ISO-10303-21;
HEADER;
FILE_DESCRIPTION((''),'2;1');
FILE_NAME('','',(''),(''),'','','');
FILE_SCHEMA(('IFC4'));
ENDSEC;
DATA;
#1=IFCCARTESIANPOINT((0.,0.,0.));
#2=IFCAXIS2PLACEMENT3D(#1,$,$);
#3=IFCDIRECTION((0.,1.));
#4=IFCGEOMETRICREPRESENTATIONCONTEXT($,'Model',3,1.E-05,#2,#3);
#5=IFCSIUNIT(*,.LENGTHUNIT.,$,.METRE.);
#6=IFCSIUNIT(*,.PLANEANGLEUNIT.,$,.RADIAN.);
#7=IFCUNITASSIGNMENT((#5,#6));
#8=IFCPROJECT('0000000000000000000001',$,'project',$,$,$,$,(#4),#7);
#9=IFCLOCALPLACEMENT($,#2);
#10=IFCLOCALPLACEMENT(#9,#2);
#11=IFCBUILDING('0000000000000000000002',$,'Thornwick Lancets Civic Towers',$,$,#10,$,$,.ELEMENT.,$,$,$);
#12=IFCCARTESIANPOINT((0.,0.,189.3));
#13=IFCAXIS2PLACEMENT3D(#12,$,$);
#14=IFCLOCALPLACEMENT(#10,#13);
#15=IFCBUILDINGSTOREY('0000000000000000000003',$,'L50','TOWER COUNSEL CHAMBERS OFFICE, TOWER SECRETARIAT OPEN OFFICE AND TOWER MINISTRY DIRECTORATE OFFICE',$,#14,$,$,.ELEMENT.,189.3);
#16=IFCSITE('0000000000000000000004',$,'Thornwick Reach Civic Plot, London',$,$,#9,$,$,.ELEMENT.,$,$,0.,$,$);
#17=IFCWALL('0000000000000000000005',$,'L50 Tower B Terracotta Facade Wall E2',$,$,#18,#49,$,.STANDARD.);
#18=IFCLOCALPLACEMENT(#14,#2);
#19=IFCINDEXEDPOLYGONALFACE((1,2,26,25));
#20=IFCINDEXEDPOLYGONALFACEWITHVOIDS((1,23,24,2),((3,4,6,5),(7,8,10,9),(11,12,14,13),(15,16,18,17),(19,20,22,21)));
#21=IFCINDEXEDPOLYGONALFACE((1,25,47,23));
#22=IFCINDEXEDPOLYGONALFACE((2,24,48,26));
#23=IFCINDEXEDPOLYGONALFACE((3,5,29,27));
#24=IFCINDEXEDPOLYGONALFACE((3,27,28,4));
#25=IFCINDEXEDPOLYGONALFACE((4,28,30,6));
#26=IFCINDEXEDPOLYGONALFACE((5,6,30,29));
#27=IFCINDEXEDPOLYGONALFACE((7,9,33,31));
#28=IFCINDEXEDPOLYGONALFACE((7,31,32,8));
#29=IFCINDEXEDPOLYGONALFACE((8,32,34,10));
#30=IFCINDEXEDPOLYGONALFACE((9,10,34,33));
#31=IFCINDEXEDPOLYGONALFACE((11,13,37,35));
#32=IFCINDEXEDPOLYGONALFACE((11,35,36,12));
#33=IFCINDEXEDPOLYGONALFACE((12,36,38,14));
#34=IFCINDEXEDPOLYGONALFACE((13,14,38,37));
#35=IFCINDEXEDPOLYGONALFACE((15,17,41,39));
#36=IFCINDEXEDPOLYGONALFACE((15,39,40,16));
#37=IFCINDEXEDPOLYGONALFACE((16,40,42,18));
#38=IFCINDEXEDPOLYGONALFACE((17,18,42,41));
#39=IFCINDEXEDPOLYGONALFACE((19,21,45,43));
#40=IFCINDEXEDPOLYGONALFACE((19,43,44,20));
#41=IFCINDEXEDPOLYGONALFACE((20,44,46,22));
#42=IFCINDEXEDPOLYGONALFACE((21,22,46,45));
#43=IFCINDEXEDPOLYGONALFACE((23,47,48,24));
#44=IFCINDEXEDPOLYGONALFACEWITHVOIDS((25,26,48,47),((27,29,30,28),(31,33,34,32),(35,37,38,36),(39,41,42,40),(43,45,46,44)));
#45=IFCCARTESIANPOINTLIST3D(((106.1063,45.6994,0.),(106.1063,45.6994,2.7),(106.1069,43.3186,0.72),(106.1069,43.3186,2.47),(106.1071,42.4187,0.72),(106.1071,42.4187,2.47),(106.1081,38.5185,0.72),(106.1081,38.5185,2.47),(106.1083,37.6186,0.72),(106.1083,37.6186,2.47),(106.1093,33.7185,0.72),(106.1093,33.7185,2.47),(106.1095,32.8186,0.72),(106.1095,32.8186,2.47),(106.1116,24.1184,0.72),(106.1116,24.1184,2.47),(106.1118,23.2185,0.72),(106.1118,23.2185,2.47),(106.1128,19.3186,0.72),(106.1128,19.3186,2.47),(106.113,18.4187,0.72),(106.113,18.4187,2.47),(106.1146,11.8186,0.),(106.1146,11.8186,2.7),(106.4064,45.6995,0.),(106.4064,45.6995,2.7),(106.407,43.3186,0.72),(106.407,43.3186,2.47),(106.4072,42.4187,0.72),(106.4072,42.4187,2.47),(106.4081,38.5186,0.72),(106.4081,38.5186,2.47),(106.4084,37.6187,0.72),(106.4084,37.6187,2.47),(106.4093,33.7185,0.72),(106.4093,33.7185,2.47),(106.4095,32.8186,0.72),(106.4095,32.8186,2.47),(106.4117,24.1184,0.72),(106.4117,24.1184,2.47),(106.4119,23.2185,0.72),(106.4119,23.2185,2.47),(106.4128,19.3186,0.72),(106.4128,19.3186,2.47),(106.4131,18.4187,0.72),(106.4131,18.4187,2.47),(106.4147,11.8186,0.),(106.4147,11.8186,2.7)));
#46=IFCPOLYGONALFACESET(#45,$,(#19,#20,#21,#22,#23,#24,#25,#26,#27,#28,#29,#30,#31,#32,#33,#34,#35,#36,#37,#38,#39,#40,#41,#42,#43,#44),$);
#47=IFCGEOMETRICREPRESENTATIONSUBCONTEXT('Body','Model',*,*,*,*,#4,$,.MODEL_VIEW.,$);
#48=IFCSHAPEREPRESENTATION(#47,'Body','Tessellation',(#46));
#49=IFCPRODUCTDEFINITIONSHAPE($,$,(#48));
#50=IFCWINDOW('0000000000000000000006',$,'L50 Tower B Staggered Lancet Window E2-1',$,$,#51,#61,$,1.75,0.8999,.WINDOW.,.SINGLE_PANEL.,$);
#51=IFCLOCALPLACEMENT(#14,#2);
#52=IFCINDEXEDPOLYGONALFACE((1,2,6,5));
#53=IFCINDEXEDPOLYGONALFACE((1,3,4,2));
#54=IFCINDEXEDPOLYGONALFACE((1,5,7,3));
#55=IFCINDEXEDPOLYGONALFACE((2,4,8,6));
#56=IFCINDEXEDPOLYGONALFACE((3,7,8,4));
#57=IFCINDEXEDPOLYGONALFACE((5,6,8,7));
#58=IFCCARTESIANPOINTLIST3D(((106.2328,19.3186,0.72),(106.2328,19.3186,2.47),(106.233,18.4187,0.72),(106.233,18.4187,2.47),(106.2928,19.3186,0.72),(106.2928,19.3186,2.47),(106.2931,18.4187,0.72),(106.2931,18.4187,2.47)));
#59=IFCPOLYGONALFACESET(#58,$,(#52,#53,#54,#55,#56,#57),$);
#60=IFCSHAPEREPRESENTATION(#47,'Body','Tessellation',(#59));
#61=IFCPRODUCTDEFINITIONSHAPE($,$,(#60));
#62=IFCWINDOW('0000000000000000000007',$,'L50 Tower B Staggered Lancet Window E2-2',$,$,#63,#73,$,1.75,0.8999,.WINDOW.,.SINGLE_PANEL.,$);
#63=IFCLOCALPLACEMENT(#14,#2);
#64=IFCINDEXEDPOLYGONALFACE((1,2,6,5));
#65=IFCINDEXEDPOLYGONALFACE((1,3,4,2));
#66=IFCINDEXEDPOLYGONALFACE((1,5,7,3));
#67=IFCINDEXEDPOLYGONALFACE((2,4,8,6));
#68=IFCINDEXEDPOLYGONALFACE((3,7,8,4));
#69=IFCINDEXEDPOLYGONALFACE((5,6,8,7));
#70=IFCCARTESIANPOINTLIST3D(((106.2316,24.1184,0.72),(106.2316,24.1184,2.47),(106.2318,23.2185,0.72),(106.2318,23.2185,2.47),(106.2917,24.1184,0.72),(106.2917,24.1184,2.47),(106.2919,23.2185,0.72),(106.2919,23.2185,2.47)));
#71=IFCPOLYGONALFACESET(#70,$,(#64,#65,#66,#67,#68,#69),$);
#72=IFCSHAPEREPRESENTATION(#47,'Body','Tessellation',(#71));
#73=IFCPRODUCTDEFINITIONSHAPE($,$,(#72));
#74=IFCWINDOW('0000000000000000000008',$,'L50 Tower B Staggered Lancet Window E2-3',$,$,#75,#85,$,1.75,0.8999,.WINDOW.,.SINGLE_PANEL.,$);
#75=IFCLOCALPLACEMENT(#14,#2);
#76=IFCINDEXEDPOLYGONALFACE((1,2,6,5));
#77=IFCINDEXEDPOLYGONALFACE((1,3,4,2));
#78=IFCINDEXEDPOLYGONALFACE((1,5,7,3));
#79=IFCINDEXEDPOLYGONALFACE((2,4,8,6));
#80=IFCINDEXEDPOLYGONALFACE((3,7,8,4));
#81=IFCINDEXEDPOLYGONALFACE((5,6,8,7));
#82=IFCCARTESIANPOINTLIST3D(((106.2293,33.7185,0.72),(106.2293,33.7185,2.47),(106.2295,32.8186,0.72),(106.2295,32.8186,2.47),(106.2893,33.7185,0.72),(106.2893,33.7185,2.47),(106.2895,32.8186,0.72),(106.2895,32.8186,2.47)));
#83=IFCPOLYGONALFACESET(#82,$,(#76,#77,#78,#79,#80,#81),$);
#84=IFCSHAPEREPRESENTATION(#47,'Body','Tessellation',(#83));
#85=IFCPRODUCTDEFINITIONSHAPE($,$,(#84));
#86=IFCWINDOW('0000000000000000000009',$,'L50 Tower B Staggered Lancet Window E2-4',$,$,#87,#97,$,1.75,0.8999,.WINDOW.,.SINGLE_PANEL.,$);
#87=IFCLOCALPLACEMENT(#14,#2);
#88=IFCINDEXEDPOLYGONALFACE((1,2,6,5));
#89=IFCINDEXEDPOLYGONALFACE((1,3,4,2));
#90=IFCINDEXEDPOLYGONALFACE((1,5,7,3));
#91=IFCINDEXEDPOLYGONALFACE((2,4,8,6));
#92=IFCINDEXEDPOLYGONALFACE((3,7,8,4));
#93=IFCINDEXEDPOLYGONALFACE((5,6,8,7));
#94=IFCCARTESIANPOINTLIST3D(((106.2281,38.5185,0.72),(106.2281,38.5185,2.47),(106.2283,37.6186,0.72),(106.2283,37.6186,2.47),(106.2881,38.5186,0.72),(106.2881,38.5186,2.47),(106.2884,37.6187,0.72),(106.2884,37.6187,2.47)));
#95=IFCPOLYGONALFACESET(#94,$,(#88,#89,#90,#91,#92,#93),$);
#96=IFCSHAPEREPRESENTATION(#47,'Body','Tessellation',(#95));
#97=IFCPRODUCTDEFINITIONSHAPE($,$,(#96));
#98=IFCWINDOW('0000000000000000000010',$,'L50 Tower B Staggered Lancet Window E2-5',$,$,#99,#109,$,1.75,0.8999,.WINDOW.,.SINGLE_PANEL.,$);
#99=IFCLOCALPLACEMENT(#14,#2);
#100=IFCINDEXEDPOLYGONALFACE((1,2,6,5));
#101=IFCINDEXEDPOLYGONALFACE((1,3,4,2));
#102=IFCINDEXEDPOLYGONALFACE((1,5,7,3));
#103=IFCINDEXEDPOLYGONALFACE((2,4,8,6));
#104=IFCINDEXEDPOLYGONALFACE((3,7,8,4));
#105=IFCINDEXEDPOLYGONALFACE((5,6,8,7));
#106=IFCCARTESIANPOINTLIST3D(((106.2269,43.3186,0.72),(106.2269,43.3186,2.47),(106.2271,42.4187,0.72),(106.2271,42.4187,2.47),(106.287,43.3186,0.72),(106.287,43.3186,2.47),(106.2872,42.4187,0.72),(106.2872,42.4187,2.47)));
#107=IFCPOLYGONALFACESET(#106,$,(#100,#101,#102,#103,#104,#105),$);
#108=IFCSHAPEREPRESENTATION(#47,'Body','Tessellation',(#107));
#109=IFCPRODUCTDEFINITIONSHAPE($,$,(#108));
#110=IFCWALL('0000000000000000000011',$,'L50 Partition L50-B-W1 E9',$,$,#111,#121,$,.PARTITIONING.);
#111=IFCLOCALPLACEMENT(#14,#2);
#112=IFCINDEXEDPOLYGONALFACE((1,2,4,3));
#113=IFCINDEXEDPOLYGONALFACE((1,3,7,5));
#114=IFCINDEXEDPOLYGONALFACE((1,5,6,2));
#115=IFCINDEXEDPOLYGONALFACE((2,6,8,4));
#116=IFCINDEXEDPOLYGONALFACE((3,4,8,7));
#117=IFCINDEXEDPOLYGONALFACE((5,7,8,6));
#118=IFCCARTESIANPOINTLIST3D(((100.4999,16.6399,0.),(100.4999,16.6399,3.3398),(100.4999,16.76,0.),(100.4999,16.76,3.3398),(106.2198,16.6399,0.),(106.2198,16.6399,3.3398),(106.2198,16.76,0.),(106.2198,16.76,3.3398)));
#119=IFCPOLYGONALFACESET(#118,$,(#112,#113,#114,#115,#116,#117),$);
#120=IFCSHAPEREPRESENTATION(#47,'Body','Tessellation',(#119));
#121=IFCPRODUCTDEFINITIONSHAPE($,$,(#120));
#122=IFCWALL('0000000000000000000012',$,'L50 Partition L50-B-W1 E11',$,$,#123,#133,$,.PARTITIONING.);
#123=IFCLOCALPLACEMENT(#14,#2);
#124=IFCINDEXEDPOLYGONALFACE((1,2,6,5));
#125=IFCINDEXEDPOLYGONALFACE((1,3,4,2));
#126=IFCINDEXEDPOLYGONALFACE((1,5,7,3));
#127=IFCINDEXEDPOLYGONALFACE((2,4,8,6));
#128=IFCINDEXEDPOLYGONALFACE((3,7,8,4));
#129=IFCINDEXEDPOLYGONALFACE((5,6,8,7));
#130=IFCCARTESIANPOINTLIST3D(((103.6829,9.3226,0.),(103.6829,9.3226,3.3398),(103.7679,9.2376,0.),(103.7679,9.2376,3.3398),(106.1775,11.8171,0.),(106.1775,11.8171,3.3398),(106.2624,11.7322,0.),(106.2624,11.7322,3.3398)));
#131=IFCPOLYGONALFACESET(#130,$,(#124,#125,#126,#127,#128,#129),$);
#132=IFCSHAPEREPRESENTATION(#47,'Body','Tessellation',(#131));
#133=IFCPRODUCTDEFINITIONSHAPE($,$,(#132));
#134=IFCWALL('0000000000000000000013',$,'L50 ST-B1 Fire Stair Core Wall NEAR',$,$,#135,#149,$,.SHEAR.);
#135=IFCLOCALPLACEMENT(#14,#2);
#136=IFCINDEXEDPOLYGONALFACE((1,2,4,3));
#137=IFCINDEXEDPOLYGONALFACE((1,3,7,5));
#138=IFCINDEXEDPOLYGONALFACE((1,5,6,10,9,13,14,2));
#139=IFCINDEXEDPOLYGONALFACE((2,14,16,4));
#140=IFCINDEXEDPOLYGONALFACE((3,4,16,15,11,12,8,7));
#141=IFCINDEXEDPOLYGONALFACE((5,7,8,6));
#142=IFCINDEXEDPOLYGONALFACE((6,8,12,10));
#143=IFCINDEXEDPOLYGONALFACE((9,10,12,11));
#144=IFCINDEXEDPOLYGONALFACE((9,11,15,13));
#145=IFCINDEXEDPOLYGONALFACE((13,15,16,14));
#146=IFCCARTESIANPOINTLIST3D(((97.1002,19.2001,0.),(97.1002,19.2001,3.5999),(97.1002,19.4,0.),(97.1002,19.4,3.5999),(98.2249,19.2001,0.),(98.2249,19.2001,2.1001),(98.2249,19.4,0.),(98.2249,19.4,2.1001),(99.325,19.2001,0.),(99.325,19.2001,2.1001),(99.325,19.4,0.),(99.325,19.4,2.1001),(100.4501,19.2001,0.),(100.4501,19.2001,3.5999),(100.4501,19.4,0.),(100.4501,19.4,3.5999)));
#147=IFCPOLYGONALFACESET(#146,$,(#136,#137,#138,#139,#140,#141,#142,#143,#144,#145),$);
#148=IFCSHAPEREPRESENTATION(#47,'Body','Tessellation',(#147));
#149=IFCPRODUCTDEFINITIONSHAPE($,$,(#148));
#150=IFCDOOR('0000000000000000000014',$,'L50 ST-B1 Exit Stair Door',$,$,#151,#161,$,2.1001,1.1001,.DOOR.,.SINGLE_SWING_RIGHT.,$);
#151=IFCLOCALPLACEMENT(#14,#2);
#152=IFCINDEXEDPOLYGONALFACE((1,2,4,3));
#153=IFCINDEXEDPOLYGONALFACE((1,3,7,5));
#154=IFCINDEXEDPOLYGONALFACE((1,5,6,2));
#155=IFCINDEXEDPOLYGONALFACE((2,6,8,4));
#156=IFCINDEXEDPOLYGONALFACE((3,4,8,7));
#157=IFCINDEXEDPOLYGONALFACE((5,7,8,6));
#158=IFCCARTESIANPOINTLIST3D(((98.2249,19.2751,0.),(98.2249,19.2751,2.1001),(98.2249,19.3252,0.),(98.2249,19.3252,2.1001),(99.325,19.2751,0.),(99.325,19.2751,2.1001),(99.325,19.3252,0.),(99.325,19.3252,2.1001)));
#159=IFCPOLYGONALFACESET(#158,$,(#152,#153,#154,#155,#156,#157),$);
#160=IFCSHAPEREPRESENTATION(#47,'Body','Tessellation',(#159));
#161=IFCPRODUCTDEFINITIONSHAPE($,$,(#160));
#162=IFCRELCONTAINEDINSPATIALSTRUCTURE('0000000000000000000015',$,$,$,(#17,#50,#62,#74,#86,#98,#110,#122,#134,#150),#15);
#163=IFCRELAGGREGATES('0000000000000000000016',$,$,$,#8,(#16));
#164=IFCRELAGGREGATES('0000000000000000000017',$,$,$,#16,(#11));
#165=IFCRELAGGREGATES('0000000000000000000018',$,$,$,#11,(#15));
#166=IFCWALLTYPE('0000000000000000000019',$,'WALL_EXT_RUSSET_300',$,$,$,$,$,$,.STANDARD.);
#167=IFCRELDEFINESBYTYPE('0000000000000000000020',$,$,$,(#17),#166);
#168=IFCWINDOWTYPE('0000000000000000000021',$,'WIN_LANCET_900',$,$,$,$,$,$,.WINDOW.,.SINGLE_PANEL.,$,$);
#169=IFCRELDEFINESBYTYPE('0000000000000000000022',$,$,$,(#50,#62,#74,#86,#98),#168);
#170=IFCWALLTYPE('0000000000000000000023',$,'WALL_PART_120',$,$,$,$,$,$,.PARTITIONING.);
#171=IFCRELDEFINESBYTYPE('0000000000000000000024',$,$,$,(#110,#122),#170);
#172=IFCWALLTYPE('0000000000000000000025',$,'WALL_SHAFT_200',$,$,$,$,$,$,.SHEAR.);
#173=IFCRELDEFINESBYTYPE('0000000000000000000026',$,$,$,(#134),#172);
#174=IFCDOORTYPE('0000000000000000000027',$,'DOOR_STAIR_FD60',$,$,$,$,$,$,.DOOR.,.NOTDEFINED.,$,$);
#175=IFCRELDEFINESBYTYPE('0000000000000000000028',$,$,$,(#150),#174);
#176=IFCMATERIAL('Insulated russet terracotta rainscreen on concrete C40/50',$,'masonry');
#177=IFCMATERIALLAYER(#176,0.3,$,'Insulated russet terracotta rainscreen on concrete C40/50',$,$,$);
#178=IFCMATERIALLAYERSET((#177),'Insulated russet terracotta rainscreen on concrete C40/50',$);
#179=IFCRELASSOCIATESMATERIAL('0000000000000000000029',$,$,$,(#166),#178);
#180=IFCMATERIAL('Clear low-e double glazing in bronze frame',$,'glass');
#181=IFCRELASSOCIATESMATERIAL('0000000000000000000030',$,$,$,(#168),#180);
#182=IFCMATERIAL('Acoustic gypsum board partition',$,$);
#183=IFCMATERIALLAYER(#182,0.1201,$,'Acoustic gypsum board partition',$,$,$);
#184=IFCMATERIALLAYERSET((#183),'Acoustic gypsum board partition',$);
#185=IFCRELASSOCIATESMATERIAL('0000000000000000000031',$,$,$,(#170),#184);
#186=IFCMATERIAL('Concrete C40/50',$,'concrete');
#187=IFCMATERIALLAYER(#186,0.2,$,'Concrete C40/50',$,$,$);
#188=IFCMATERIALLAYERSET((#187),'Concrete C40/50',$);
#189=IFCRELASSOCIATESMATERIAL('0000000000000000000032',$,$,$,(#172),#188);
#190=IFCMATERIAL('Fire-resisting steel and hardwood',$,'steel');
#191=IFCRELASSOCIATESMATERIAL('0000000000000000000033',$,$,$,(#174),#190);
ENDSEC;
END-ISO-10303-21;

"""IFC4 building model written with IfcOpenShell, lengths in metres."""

from ifc_helpers import new_model, si_unit, direction, frame, frame_2d, origin, place, context, subcontext, project, spatial, rectangle, extrude, material, layer, layer_set, type_object, element, fill, save


model = new_model("IFC4")

# Units and contexts
model_context = context("Model", 3, precision=1e-05, world=origin(), true_north=direction((0.0, 1.0)))
body_context = subcontext(model_context, "Body", "Model", "MODEL_VIEW")
ifc_project = project(units=[si_unit("LENGTHUNIT", "METRE"), si_unit("PLANEANGLEUNIT", "RADIAN")], contexts=[model_context])

# Site, building, storey
site_placement = place(None, origin())
site = spatial("IfcSite", under=ifc_project, at=site_placement, Name="Thornwick Reach Civic Plot, London", CompositionType="ELEMENT", RefElevation=0.0)
building_placement = place(site_placement, origin())
building = spatial("IfcBuilding", under=site, at=building_placement, Name="Thornwick Lancets Civic Towers", CompositionType="ELEMENT")
storey_placement = place(building_placement, frame((0.0, 0.0, 189.3)))
storey = spatial("IfcBuildingStorey", under=building, at=storey_placement, Name="L50", Description="TOWER COUNSEL CHAMBERS OFFICE, TOWER SECRETARIAT OPEN OFFICE AND TOWER MINISTRY DIRECTORATE OFFICE", CompositionType="ELEMENT", Elevation=189.3)

# Shared definitions
ifc_material_1 = material(Name="Concrete C40/50", Category="concrete")

# Wall, openings, windows
ifc_material_2 = material(Name="Insulated russet terracotta rainscreen on concrete C40/50", Category="masonry")
ifc_layer_1 = layer(ifc_material_2, 0.3, Name="Insulated russet terracotta rainscreen on concrete C40/50")
ifc_layer_set_1 = layer_set([ifc_layer_1], Name="Insulated russet terracotta rainscreen on concrete C40/50")
wall_type_1 = type_object("IfcWallType", Name="WALL_EXT_RUSSET_300", PredefinedType="STANDARD", material=ifc_layer_set_1)
wall_1_placement = place(storey_placement, frame((106.2646, 11.8186, 0.0), z_axis=(0.0, 0.0, 1.0), x_axis=(-0.000245, 1.0, 0.0)))
wall_1 = element("IfcWall", 1, at=wall_1_placement, inside=storey, type_object=wall_type_1, Name="L50 Tower B Terracotta Facade Wall E2", PredefinedType="STANDARD", context=body_context, shape_type="SweptSolid", body=[
    extrude(rectangle(XDim=33.8809, YDim=0.3, at=frame_2d((16.9404, 0.0))), origin(), (0.0, 0.0, 1.0), 2.7),
])
opening_1_placement = place(wall_1_placement, frame((6.6001, 0.0, 0.72)))
opening_1 = element("IfcOpeningElement", 2, at=opening_1_placement, cuts=wall_1, PredefinedType="OPENING", context=body_context, shape_type="SweptSolid", body=[
    extrude(rectangle(XDim=0.8999, YDim=1.75, at=frame_2d((0.45, 0.875))), frame((0.0, 0.1602, 0.0), z_axis=(0.0, -1.0, 0.0), x_axis=(1.0, 0.0, 0.0)), (0.0, 0.0, 1.0), 0.3201),
])
opening_2_placement = place(wall_1_placement, frame((11.3999, 0.0, 0.72)))
opening_2 = element("IfcOpeningElement", 3, at=opening_2_placement, cuts=wall_1, PredefinedType="OPENING", context=body_context, shape_type="SweptSolid", body=[
    extrude(rectangle(XDim=0.8999, YDim=1.75, at=frame_2d((0.45, 0.875))), frame((0.0, 0.1602, 0.0), z_axis=(0.0, -1.0, 0.0), x_axis=(1.0, 0.0, 0.0)), (0.0, 0.0, 1.0), 0.3201),
])
opening_3_placement = place(wall_1_placement, frame((21.0, 0.0, 0.72)))
opening_3 = element("IfcOpeningElement", 4, at=opening_3_placement, cuts=wall_1, PredefinedType="OPENING", context=body_context, shape_type="SweptSolid", body=[
    extrude(rectangle(XDim=0.8999, YDim=1.75, at=frame_2d((0.45, 0.875))), frame((0.0, 0.1602, 0.0), z_axis=(0.0, -1.0, 0.0), x_axis=(1.0, 0.0, 0.0)), (0.0, 0.0, 1.0), 0.3201),
])
opening_4_placement = place(wall_1_placement, frame((25.8, 0.0, 0.72)))
opening_4 = element("IfcOpeningElement", 5, at=opening_4_placement, cuts=wall_1, PredefinedType="OPENING", context=body_context, shape_type="SweptSolid", body=[
    extrude(rectangle(XDim=0.8999, YDim=1.75, at=frame_2d((0.45, 0.875))), frame((0.0, 0.1602, 0.0), z_axis=(0.0, -1.0, 0.0), x_axis=(1.0, 0.0, 0.0)), (0.0, 0.0, 1.0), 0.3201),
])
opening_5_placement = place(wall_1_placement, frame((30.6001, 0.0, 0.72)))
opening_5 = element("IfcOpeningElement", 6, at=opening_5_placement, cuts=wall_1, PredefinedType="OPENING", context=body_context, shape_type="SweptSolid", body=[
    extrude(rectangle(XDim=0.8999, YDim=1.75, at=frame_2d((0.45, 0.875))), frame((0.0, 0.1602, 0.0), z_axis=(0.0, -1.0, 0.0), x_axis=(1.0, 0.0, 0.0)), (0.0, 0.0, 1.0), 0.3201),
])
ifc_material_3 = material(Name="Clear low-e double glazing in bronze frame", Category="glass")
window_type = type_object("IfcWindowType", Name="WIN_LANCET_900", PartitioningType="SINGLE_PANEL", PredefinedType="WINDOW", material=ifc_material_3)
window_1_placement = place(opening_1_placement, origin())
window_1 = element("IfcWindow", 7, at=window_1_placement, inside=storey, type_object=window_type, Name="L50 Tower B Staggered Lancet Window E2-1", OverallHeight=1.75, OverallWidth=0.8999, PartitioningType="SINGLE_PANEL", PredefinedType="WINDOW", context=body_context, shape_type="SweptSolid", body=[
    extrude(rectangle(XDim=0.8999, YDim=1.75, at=frame_2d((0.45, 0.875))), frame((0.0, 0.03, 0.0), z_axis=(0.0, -1.0, 0.0), x_axis=(1.0, 0.0, 0.0)), (0.0, 0.0, 1.0), 0.0601),
])
fill(opening_1, window_1)
window_2_placement = place(opening_2_placement, origin())
window_2 = element("IfcWindow", 8, at=window_2_placement, inside=storey, type_object=window_type, Name="L50 Tower B Staggered Lancet Window E2-2", OverallHeight=1.75, OverallWidth=0.8999, PartitioningType="SINGLE_PANEL", PredefinedType="WINDOW", context=body_context, shape_type="SweptSolid", body=[
    extrude(rectangle(XDim=0.8999, YDim=1.75, at=frame_2d((0.45, 0.875))), frame((0.0, 0.03, 0.0), z_axis=(0.0, -1.0, 0.0), x_axis=(1.0, 0.0, 0.0)), (0.0, 0.0, 1.0), 0.0601),
])
fill(opening_2, window_2)
window_3_placement = place(opening_3_placement, origin())
window_3 = element("IfcWindow", 9, at=window_3_placement, inside=storey, type_object=window_type, Name="L50 Tower B Staggered Lancet Window E2-3", OverallHeight=1.75, OverallWidth=0.8999, PartitioningType="SINGLE_PANEL", PredefinedType="WINDOW", context=body_context, shape_type="SweptSolid", body=[
    extrude(rectangle(XDim=0.8999, YDim=1.75, at=frame_2d((0.45, 0.875))), frame((0.0, 0.03, 0.0), z_axis=(0.0, -1.0, 0.0), x_axis=(1.0, 0.0, 0.0)), (0.0, 0.0, 1.0), 0.0601),
])
fill(opening_3, window_3)
window_4_placement = place(opening_4_placement, origin())
window_4 = element("IfcWindow", 10, at=window_4_placement, inside=storey, type_object=window_type, Name="L50 Tower B Staggered Lancet Window E2-4", OverallHeight=1.75, OverallWidth=0.8999, PartitioningType="SINGLE_PANEL", PredefinedType="WINDOW", context=body_context, shape_type="SweptSolid", body=[
    extrude(rectangle(XDim=0.8999, YDim=1.75, at=frame_2d((0.45, 0.875))), frame((0.0, 0.03, 0.0), z_axis=(0.0, -1.0, 0.0), x_axis=(1.0, 0.0, 0.0)), (0.0, 0.0, 1.0), 0.0601),
])
fill(opening_4, window_4)
window_5_placement = place(opening_5_placement, origin())
window_5 = element("IfcWindow", 11, at=window_5_placement, inside=storey, type_object=window_type, Name="L50 Tower B Staggered Lancet Window E2-5", OverallHeight=1.75, OverallWidth=0.8999, PartitioningType="SINGLE_PANEL", PredefinedType="WINDOW", context=body_context, shape_type="SweptSolid", body=[
    extrude(rectangle(XDim=0.8999, YDim=1.75, at=frame_2d((0.45, 0.875))), frame((0.0, 0.03, 0.0), z_axis=(0.0, -1.0, 0.0), x_axis=(1.0, 0.0, 0.0)), (0.0, 0.0, 1.0), 0.0601),
])
fill(opening_5, window_5)

# Walls
ifc_material_4 = material(Name="Acoustic gypsum board partition")
ifc_layer_2 = layer(ifc_material_4, 0.1201, Name="Acoustic gypsum board partition")
ifc_layer_set_2 = layer_set([ifc_layer_2], Name="Acoustic gypsum board partition")
wall_type_2 = type_object("IfcWallType", Name="WALL_PART_120", PredefinedType="PARTITIONING", material=ifc_layer_set_2)
wall_2_placement = place(storey_placement, frame((100.5, 16.7, 0.0), z_axis=(0.0, 0.0, 1.0), x_axis=(1.0, 0.0, 0.0)))
element("IfcWall", 12, at=wall_2_placement, inside=storey, type_object=wall_type_2, Name="L50 Partition L50-B-W1 E9", PredefinedType="PARTITIONING", context=body_context, shape_type="SweptSolid", body=[
    extrude(rectangle(XDim=5.72, YDim=0.1201, at=frame_2d((2.8599, 0.0))), origin(), (0.0, 0.0, 1.0), 3.3398),
])
wall_3_placement = place(storey_placement, frame((106.22, 11.7747, 0.0), z_axis=(0.0, 0.0, 1.0), x_axis=(-0.707107, -0.707107, 0.0)))
element("IfcWall", 13, at=wall_3_placement, inside=storey, type_object=wall_type_2, Name="L50 Partition L50-B-W1 E11", PredefinedType="PARTITIONING", context=body_context, shape_type="SweptSolid", body=[
    extrude(rectangle(XDim=3.5278, YDim=0.1201, at=frame_2d((1.7639, 0.0))), origin(), (0.0, 0.0, 1.0), 3.3398),
])

# Wall, opening, door
ifc_layer_3 = layer(ifc_material_1, 0.2, Name="Concrete C40/50")
ifc_layer_set_3 = layer_set([ifc_layer_3], Name="Concrete C40/50")
wall_type_3 = type_object("IfcWallType", Name="WALL_SHAFT_200", PredefinedType="SHEAR", material=ifc_layer_set_3)
wall_4_placement = place(storey_placement, frame((100.45, 19.3, 0.0), z_axis=(0.0, 0.0, 1.0), x_axis=(-1.0, 0.0, 0.0)))
wall_4 = element("IfcWall", 14, at=wall_4_placement, inside=storey, type_object=wall_type_3, Name="L50 ST-B1 Fire Stair Core Wall NEAR", PredefinedType="SHEAR", context=body_context, shape_type="SweptSolid", body=[
    extrude(rectangle(XDim=3.3499, YDim=0.2, at=frame_2d((1.6748, 0.0))), origin(), (0.0, 0.0, 1.0), 3.5999),
])
opening_6_placement = place(wall_4_placement, frame((1.125, 0.0, 0.0)))
opening_6 = element("IfcOpeningElement", 15, at=opening_6_placement, cuts=wall_4, PredefinedType="OPENING", context=body_context, shape_type="SweptSolid", body=[
    extrude(rectangle(XDim=1.1001, YDim=2.1001, at=frame_2d((0.55, 1.05))), frame((0.0, 0.1099, 0.0), z_axis=(0.0, -1.0, 0.0), x_axis=(1.0, 0.0, 0.0)), (0.0, 0.0, 1.0), 0.22),
])
ifc_material_5 = material(Name="Fire-resisting steel and hardwood", Category="steel")
door_type = type_object("IfcDoorType", Name="DOOR_STAIR_FD60", OperationType="NOTDEFINED", PredefinedType="DOOR", material=ifc_material_5)
door_placement = place(opening_6_placement, origin())
door = element("IfcDoor", 16, at=door_placement, inside=storey, type_object=door_type, Name="L50 ST-B1 Exit Stair Door", OperationType="SINGLE_SWING_RIGHT", OverallHeight=2.1001, OverallWidth=1.1001, PredefinedType="DOOR", context=body_context, shape_type="SweptSolid", body=[
    extrude(rectangle(XDim=1.1001, YDim=2.1001, at=frame_2d((0.55, 1.05))), frame((0.0, 0.0249, 0.0), z_axis=(0.0, -1.0, 0.0), x_axis=(1.0, 0.0, 0.0)), (0.0, 0.0, 1.0), 0.05),
])
fill(opening_6, door)

save(model, "model.ifc")
